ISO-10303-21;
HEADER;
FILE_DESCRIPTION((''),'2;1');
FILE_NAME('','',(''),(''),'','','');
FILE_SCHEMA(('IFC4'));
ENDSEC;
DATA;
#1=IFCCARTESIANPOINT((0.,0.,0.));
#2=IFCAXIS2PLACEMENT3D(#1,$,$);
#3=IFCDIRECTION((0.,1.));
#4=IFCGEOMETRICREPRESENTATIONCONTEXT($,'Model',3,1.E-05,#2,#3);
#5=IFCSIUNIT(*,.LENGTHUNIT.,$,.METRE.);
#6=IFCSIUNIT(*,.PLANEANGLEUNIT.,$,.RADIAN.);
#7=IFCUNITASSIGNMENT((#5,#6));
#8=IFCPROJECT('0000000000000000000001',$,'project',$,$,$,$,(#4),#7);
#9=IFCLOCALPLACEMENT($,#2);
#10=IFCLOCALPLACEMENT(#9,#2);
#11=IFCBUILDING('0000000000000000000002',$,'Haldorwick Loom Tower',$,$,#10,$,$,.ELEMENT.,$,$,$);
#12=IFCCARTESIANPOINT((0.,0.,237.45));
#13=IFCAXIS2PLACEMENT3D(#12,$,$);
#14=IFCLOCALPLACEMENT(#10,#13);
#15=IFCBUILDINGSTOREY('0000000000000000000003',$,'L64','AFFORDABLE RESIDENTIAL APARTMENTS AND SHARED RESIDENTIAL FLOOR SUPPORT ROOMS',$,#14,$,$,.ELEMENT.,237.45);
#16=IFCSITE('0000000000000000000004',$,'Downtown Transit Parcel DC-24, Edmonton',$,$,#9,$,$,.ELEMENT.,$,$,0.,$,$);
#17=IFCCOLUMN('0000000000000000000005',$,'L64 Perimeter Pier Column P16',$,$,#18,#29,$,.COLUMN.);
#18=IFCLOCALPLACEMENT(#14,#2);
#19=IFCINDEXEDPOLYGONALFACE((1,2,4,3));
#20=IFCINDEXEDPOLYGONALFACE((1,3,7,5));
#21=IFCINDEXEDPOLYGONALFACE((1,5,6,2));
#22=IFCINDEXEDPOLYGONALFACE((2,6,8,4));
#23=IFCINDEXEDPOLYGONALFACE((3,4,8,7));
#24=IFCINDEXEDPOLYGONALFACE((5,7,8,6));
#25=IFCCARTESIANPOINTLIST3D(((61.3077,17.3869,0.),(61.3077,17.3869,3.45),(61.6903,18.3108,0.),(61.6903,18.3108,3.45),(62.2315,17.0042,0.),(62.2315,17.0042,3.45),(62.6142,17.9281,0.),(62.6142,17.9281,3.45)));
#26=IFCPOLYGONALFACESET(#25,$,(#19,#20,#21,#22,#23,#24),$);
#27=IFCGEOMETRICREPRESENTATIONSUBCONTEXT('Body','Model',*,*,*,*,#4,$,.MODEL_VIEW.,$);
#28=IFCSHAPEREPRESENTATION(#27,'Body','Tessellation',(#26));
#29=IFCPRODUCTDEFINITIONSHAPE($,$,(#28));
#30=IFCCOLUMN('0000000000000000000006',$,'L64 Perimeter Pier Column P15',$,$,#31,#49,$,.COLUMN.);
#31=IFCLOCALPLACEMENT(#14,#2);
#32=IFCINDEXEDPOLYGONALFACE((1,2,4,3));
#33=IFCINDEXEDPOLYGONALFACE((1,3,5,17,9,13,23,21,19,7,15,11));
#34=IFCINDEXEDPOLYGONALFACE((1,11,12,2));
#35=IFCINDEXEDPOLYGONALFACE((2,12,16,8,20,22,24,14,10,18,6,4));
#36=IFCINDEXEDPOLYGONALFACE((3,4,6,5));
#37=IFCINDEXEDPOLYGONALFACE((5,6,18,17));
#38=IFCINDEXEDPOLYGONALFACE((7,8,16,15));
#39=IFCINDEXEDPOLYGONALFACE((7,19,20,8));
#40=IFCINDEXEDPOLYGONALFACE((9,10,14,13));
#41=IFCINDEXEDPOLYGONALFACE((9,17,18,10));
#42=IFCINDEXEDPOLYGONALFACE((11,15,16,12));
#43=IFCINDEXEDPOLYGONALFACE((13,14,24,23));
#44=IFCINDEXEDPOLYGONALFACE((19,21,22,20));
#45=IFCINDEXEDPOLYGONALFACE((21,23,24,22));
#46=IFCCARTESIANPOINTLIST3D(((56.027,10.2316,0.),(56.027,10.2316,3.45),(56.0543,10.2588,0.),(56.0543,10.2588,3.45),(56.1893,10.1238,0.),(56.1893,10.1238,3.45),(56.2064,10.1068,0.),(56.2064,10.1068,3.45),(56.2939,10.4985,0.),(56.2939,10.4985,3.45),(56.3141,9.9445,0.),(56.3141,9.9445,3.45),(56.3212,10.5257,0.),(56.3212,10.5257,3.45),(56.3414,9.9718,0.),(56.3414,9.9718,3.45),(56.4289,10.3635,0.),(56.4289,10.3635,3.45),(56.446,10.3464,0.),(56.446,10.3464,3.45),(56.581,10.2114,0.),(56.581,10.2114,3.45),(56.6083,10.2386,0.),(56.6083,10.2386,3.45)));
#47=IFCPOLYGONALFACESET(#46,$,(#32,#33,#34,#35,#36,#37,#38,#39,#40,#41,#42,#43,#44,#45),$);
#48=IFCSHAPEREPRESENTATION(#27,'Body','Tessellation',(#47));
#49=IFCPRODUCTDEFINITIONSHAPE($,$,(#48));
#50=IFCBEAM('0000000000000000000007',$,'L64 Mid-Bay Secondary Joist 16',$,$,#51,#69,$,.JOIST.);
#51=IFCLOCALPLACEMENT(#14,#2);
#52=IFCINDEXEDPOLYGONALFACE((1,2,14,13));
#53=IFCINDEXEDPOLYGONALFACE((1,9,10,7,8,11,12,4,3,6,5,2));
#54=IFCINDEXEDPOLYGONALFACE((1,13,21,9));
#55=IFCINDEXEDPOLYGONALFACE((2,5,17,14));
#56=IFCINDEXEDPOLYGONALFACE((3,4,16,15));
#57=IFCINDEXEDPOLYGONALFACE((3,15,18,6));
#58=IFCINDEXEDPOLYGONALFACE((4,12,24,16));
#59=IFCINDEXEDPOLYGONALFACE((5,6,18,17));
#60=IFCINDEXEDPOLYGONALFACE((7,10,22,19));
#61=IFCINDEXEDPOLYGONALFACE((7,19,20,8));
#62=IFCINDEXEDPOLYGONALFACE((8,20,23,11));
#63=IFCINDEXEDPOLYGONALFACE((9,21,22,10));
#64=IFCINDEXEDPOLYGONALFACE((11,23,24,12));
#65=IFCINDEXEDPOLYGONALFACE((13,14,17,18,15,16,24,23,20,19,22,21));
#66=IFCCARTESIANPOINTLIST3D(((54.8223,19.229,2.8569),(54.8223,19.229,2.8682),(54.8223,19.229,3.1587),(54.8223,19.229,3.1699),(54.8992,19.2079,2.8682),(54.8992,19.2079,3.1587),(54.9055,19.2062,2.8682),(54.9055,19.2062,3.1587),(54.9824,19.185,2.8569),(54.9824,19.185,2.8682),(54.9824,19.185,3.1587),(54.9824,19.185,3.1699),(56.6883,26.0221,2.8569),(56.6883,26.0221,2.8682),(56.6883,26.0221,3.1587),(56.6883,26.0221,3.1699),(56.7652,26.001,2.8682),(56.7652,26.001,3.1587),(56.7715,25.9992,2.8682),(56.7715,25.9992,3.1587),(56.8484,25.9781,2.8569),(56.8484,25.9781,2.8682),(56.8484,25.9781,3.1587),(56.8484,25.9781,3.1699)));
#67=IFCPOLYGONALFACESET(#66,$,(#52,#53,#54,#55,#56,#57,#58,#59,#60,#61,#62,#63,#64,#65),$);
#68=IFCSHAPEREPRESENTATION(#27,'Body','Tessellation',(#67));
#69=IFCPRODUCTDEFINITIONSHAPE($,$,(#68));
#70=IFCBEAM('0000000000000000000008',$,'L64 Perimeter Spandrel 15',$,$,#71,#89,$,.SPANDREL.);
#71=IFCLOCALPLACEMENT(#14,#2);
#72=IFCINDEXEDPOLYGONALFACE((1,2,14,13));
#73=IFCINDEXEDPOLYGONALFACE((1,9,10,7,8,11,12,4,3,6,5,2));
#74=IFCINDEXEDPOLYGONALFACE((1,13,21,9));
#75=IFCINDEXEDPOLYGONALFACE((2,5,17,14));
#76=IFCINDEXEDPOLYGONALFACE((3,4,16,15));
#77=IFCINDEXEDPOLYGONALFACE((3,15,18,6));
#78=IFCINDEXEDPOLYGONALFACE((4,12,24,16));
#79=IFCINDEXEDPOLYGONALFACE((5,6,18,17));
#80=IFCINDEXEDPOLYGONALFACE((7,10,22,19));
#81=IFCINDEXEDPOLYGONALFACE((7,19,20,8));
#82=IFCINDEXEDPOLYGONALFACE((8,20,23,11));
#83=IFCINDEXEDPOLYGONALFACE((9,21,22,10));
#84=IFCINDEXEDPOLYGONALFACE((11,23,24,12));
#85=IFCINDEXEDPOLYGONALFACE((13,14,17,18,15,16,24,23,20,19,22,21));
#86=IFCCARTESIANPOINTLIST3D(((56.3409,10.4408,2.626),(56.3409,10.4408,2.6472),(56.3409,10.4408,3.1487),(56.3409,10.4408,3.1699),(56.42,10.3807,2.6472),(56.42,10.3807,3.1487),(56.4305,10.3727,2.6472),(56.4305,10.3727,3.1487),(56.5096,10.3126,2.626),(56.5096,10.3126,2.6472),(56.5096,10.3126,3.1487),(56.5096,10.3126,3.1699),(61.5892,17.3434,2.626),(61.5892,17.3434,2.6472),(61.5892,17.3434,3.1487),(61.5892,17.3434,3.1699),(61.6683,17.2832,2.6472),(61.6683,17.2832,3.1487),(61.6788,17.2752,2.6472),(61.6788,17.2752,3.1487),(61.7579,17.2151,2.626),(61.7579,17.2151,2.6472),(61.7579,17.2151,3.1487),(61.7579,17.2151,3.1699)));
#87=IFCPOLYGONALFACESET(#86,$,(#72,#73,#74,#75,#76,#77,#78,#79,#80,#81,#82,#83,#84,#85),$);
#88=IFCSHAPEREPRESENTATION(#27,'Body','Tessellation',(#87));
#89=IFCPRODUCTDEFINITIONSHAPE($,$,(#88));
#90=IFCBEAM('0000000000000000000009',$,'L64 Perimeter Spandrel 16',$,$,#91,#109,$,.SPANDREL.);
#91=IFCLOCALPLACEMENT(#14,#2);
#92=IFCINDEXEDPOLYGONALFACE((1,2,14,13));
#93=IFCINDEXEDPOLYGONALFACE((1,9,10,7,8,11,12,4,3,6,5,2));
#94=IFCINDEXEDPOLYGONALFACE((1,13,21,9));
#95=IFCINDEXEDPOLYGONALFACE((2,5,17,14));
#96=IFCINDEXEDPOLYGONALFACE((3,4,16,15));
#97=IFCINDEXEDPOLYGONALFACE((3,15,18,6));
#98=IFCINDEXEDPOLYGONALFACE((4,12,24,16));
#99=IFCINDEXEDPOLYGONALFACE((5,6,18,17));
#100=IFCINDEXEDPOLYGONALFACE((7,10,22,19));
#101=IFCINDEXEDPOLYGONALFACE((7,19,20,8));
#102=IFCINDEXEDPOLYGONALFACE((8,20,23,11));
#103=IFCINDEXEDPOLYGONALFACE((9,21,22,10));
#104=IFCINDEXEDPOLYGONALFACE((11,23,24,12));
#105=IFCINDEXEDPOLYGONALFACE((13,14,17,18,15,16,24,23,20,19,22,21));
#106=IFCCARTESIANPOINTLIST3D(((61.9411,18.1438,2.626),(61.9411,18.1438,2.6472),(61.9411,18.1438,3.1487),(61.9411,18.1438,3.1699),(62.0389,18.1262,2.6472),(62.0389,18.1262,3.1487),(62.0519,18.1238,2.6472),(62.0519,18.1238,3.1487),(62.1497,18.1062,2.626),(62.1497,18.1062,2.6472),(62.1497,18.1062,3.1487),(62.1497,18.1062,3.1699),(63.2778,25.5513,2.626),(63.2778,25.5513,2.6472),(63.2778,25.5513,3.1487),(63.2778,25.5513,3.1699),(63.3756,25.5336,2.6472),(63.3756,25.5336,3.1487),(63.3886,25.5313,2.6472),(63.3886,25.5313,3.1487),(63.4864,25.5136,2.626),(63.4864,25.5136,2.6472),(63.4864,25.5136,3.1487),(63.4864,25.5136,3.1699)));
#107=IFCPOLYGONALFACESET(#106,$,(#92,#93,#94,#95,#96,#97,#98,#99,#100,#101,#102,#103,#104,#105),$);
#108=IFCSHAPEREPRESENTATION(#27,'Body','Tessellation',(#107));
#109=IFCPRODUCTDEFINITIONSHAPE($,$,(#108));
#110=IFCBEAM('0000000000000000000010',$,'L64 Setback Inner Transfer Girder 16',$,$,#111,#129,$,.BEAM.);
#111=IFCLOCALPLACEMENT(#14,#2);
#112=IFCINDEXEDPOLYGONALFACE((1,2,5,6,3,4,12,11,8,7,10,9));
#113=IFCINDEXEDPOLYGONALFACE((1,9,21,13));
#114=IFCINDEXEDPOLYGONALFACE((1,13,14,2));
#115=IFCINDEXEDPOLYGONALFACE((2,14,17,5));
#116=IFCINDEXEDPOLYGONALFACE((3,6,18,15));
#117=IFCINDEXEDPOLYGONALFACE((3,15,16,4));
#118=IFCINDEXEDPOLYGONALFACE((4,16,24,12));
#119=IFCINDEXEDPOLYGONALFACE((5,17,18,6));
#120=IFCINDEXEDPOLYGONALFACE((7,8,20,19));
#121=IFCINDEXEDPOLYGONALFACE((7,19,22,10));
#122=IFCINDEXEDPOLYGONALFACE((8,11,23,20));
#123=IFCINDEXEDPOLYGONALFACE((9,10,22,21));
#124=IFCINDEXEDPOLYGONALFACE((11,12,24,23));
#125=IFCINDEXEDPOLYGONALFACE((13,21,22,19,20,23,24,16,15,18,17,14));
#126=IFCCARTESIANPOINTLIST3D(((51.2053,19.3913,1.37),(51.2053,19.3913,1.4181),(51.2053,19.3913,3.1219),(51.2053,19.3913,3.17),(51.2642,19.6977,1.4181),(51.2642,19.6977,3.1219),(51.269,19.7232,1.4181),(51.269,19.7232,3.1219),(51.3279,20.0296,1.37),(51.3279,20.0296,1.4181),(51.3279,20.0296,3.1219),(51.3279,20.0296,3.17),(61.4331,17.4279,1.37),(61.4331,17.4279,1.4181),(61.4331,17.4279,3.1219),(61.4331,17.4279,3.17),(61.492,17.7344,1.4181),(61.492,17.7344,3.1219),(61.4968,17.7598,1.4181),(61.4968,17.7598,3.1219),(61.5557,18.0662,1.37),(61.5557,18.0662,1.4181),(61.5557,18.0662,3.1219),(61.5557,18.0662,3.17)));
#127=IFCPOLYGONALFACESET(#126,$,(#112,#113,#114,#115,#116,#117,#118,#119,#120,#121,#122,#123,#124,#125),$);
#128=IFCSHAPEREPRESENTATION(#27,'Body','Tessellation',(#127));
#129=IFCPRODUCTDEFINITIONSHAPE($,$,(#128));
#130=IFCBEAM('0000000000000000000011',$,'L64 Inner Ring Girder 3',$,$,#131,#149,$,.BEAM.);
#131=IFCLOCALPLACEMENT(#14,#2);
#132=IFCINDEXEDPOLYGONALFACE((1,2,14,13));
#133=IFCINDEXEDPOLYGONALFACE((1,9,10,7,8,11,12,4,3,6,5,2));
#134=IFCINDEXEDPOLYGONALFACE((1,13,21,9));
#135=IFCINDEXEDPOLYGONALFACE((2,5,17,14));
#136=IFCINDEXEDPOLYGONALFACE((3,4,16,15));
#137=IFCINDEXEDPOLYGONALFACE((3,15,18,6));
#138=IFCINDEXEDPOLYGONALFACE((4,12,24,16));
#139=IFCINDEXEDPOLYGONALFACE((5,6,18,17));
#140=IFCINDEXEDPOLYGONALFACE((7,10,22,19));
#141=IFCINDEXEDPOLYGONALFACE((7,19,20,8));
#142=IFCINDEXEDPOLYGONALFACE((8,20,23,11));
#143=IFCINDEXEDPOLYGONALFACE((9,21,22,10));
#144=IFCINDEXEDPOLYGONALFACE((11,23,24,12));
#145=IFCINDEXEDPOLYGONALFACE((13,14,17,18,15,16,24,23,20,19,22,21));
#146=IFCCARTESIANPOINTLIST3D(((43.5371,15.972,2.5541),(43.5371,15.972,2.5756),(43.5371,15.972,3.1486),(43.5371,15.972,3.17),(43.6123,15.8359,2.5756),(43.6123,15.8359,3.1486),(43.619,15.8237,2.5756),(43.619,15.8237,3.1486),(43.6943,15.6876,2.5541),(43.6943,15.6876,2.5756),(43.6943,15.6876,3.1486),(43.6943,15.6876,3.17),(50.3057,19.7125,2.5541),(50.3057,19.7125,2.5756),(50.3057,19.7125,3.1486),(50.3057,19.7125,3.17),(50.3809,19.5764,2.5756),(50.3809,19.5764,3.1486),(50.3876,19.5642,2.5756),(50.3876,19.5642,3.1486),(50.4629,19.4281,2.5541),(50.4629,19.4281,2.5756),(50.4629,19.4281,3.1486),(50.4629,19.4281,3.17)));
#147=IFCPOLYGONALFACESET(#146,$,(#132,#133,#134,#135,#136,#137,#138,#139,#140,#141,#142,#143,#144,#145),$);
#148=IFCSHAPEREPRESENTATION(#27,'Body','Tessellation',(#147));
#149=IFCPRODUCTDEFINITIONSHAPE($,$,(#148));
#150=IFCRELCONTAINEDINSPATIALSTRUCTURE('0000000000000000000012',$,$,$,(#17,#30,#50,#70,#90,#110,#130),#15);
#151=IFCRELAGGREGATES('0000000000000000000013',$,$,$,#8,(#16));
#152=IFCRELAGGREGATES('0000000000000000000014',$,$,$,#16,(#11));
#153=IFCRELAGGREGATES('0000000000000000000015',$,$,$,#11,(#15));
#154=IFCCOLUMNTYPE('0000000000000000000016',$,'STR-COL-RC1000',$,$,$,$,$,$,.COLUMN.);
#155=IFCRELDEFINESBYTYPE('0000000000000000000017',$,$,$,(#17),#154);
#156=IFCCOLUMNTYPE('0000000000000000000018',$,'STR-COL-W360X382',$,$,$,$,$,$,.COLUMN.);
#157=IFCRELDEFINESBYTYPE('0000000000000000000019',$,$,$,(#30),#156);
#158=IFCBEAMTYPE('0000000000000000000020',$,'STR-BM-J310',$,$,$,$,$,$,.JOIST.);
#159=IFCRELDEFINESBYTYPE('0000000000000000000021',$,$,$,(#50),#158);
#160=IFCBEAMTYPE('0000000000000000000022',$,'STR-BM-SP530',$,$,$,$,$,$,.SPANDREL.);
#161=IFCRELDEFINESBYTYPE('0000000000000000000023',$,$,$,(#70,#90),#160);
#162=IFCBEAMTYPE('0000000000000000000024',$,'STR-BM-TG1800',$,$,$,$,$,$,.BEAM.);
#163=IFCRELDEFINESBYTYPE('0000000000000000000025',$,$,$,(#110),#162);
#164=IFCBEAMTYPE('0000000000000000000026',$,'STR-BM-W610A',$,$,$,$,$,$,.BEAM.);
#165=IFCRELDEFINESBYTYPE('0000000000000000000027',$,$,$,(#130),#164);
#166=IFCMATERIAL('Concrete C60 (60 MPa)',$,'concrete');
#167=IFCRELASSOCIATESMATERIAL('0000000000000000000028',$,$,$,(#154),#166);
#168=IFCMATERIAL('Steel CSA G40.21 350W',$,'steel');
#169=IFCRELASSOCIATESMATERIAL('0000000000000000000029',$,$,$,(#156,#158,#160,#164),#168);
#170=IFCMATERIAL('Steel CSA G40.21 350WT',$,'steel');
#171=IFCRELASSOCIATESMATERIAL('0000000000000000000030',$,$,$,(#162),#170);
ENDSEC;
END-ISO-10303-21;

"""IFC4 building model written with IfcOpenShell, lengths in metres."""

from ifc_helpers import new_model, si_unit, direction, frame, origin, origin_2d, place, context, subcontext, project, spatial, rectangle, i_section, extrude, material, material_profile, profile_set, type_object, element, save


model = new_model("IFC4")

# Units and contexts
model_context = context("Model", 3, precision=1e-05, world=origin(), true_north=direction((0.0, 1.0)))
body_context = subcontext(model_context, "Body", "Model", "MODEL_VIEW")
ifc_project = project(units=[si_unit("LENGTHUNIT", "METRE"), si_unit("PLANEANGLEUNIT", "RADIAN")], contexts=[model_context])

# Site, building, storey
site_placement = place(None, origin())
site = spatial("IfcSite", under=ifc_project, at=site_placement, Name="Downtown Transit Parcel DC-24, Edmonton", CompositionType="ELEMENT", RefElevation=0.0)
building_placement = place(site_placement, origin())
building = spatial("IfcBuilding", under=site, at=building_placement, Name="Haldorwick Loom Tower", CompositionType="ELEMENT")
storey_placement = place(building_placement, frame((0.0, 0.0, 237.45)))
storey = spatial("IfcBuildingStorey", under=building, at=storey_placement, Name="L64", Description="AFFORDABLE RESIDENTIAL APARTMENTS AND SHARED RESIDENTIAL FLOOR SUPPORT ROOMS", CompositionType="ELEMENT", Elevation=237.45)

# Columns
ifc_material_1 = material(Name="Concrete C60 (60 MPa)", Category="concrete")
ifc_material_profile_1 = material_profile(ifc_material_1, rectangle(XDim=1.0, YDim=1.0, at=origin_2d()), Name="RC1000X1000", Category="concrete")
ifc_profile_set_1 = profile_set([ifc_material_profile_1], Name="Concrete C60 (60 MPa)")
column_type_1 = type_object("IfcColumnType", Name="STR-COL-RC1000", PredefinedType="COLUMN", material=ifc_profile_set_1)
column_1_placement = place(storey_placement, frame((61.9609, 17.6575, 0.0), z_axis=(0.0, 0.0, 1.0), x_axis=(0.92388, -0.382683, 0.0)))
element("IfcColumn", 1, at=column_1_placement, inside=storey, type_object=column_type_1, Name="L64 Perimeter Pier Column P16", PredefinedType="COLUMN", context=body_context, shape_type="SweptSolid", body=[
    extrude(rectangle(XDim=1.0, YDim=1.0, at=origin_2d()), origin(), (0.0, 0.0, 1.0), 3.45),
])
ifc_material_2 = material(Name="Steel CSA G40.21 350W", Category="steel")
ifc_material_profile_2 = material_profile(ifc_material_2, i_section(OverallWidth=0.406, OverallDepth=0.416, WebThickness=0.0242, FlangeThickness=0.0386, at=origin_2d()), Name="W360X382", Category="steel")
ifc_profile_set_2 = profile_set([ifc_material_profile_2], Name="Steel CSA G40.21 350W")
column_type_2 = type_object("IfcColumnType", Name="STR-COL-W360X382", PredefinedType="COLUMN", material=ifc_profile_set_2)
column_2_placement = place(storey_placement, frame((56.3176, 10.2351, 0.0), z_axis=(0.0, 0.0, 1.0), x_axis=(0.707107, -0.707107, 0.0)))
element("IfcColumn", 2, at=column_2_placement, inside=storey, type_object=column_type_2, Name="L64 Perimeter Pier Column P15", PredefinedType="COLUMN", context=body_context, shape_type="SweptSolid", body=[
    extrude(i_section(OverallWidth=0.406, OverallDepth=0.416, WebThickness=0.0242, FlangeThickness=0.0386, at=origin_2d()), origin(), (0.0, 0.0, 1.0), 3.45),
])

# Beams
ifc_material_profile_3 = material_profile(ifc_material_2, i_section(OverallWidth=0.166, OverallDepth=0.313, WebThickness=0.0066, FlangeThickness=0.0112, at=origin_2d()), Name="W310X45", Category="steel")
ifc_profile_set_3 = profile_set([ifc_material_profile_3], Name="Steel CSA G40.21 350W")
beam_type_1 = type_object("IfcBeamType", Name="STR-BM-J310", PredefinedType="JOIST", material=ifc_profile_set_3)
beam_1_placement = place(storey_placement, frame((54.9023, 19.207, 3.0134), z_axis=(0.264879, 0.964282, 0.0), x_axis=(-0.964282, 0.264879, 0.0)))
element("IfcBeam", 3, at=beam_1_placement, inside=storey, type_object=beam_type_1, Name="L64 Mid-Bay Secondary Joist 16", PredefinedType="JOIST", context=body_context, shape_type="SweptSolid", body=[
    extrude(i_section(OverallWidth=0.166, OverallDepth=0.313, WebThickness=0.0066, FlangeThickness=0.0112, at=origin_2d()), origin(), (0.0, 0.0, 1.0), 7.0447),
])
ifc_material_profile_4 = material_profile(ifc_material_2, i_section(OverallWidth=0.2119, OverallDepth=0.5439, WebThickness=0.0132, FlangeThickness=0.0212, at=origin_2d()), Name="W530X123", Category="steel")
ifc_profile_set_4 = profile_set([ifc_material_profile_4], Name="Steel CSA G40.21 350W")
beam_type_2 = type_object("IfcBeamType", Name="STR-BM-SP530", PredefinedType="SPANDREL", material=ifc_profile_set_4)
beam_2_placement = place(storey_placement, frame((56.4253, 10.3767, 2.8979), z_axis=(0.605253, 0.796033, 0.0), x_axis=(-0.796033, 0.605253, 0.0)))
element("IfcBeam", 4, at=beam_2_placement, inside=storey, type_object=beam_type_2, Name="L64 Perimeter Spandrel 15", PredefinedType="SPANDREL", context=body_context, shape_type="SweptSolid", body=[
    extrude(i_section(OverallWidth=0.2119, OverallDepth=0.5439, WebThickness=0.0132, FlangeThickness=0.0212, at=origin_2d()), origin(), (0.0, 0.0, 1.0), 8.6711),
])
beam_3_placement = place(storey_placement, frame((62.0454, 18.125, 2.8979), z_axis=(0.177581, 0.984106, 0.0), x_axis=(-0.984106, 0.177581, 0.0)))
element("IfcBeam", 5, at=beam_3_placement, inside=storey, type_object=beam_type_2, Name="L64 Perimeter Spandrel 16", PredefinedType="SPANDREL", context=body_context, shape_type="SweptSolid", body=[
    extrude(i_section(OverallWidth=0.2119, OverallDepth=0.5439, WebThickness=0.0132, FlangeThickness=0.0212, at=origin_2d()), origin(), (0.0, 0.0, 1.0), 7.5271),
])
ifc_material_3 = material(Name="Steel CSA G40.21 350WT", Category="steel")
ifc_material_profile_5 = material_profile(ifc_material_3, i_section(OverallWidth=0.6499, OverallDepth=1.8, WebThickness=0.0259, FlangeThickness=0.0481, at=origin_2d()), Name="WWF1800X650", Category="steel")
ifc_profile_set_5 = profile_set([ifc_material_profile_5], Name="Steel CSA G40.21 350WT")
beam_type_3 = type_object("IfcBeamType", Name="STR-BM-TG1800", PredefinedType="BEAM", material=ifc_profile_set_5)
beam_4_placement = place(storey_placement, frame((51.2666, 19.7104, 2.27), z_axis=(0.982069, -0.188523, 0.0), x_axis=(0.188523, 0.982069, 0.0)))
element("IfcBeam", 6, at=beam_4_placement, inside=storey, type_object=beam_type_3, Name="L64 Setback Inner Transfer Girder 16", PredefinedType="BEAM", context=body_context, shape_type="SweptSolid", body=[
    extrude(i_section(OverallWidth=0.6499, OverallDepth=1.8, WebThickness=0.0259, FlangeThickness=0.0481, at=origin_2d()), origin(), (0.0, 0.0, 1.0), 10.4146),
])
ifc_material_profile_6 = material_profile(ifc_material_2, i_section(OverallWidth=0.325, OverallDepth=0.616, WebThickness=0.0139, FlangeThickness=0.0215, at=origin_2d()), Name="W610X174", Category="steel")
ifc_profile_set_6 = profile_set([ifc_material_profile_6], Name="Steel CSA G40.21 350W")
beam_type_4 = type_object("IfcBeamType", Name="STR-BM-W610A", PredefinedType="BEAM", material=ifc_profile_set_6)
beam_5_placement = place(storey_placement, frame((50.3843, 19.5703, 2.8621), z_axis=(-0.875244, -0.483682, 0.0), x_axis=(0.483682, -0.875244, 0.0)))
element("IfcBeam", 7, at=beam_5_placement, inside=storey, type_object=beam_type_4, Name="L64 Inner Ring Girder 3", PredefinedType="BEAM", context=body_context, shape_type="SweptSolid", body=[
    extrude(i_section(OverallWidth=0.325, OverallDepth=0.616, WebThickness=0.0139, FlangeThickness=0.0215, at=origin_2d()), origin(), (0.0, 0.0, 1.0), 7.7334),
])

save(model, "model.ifc")
